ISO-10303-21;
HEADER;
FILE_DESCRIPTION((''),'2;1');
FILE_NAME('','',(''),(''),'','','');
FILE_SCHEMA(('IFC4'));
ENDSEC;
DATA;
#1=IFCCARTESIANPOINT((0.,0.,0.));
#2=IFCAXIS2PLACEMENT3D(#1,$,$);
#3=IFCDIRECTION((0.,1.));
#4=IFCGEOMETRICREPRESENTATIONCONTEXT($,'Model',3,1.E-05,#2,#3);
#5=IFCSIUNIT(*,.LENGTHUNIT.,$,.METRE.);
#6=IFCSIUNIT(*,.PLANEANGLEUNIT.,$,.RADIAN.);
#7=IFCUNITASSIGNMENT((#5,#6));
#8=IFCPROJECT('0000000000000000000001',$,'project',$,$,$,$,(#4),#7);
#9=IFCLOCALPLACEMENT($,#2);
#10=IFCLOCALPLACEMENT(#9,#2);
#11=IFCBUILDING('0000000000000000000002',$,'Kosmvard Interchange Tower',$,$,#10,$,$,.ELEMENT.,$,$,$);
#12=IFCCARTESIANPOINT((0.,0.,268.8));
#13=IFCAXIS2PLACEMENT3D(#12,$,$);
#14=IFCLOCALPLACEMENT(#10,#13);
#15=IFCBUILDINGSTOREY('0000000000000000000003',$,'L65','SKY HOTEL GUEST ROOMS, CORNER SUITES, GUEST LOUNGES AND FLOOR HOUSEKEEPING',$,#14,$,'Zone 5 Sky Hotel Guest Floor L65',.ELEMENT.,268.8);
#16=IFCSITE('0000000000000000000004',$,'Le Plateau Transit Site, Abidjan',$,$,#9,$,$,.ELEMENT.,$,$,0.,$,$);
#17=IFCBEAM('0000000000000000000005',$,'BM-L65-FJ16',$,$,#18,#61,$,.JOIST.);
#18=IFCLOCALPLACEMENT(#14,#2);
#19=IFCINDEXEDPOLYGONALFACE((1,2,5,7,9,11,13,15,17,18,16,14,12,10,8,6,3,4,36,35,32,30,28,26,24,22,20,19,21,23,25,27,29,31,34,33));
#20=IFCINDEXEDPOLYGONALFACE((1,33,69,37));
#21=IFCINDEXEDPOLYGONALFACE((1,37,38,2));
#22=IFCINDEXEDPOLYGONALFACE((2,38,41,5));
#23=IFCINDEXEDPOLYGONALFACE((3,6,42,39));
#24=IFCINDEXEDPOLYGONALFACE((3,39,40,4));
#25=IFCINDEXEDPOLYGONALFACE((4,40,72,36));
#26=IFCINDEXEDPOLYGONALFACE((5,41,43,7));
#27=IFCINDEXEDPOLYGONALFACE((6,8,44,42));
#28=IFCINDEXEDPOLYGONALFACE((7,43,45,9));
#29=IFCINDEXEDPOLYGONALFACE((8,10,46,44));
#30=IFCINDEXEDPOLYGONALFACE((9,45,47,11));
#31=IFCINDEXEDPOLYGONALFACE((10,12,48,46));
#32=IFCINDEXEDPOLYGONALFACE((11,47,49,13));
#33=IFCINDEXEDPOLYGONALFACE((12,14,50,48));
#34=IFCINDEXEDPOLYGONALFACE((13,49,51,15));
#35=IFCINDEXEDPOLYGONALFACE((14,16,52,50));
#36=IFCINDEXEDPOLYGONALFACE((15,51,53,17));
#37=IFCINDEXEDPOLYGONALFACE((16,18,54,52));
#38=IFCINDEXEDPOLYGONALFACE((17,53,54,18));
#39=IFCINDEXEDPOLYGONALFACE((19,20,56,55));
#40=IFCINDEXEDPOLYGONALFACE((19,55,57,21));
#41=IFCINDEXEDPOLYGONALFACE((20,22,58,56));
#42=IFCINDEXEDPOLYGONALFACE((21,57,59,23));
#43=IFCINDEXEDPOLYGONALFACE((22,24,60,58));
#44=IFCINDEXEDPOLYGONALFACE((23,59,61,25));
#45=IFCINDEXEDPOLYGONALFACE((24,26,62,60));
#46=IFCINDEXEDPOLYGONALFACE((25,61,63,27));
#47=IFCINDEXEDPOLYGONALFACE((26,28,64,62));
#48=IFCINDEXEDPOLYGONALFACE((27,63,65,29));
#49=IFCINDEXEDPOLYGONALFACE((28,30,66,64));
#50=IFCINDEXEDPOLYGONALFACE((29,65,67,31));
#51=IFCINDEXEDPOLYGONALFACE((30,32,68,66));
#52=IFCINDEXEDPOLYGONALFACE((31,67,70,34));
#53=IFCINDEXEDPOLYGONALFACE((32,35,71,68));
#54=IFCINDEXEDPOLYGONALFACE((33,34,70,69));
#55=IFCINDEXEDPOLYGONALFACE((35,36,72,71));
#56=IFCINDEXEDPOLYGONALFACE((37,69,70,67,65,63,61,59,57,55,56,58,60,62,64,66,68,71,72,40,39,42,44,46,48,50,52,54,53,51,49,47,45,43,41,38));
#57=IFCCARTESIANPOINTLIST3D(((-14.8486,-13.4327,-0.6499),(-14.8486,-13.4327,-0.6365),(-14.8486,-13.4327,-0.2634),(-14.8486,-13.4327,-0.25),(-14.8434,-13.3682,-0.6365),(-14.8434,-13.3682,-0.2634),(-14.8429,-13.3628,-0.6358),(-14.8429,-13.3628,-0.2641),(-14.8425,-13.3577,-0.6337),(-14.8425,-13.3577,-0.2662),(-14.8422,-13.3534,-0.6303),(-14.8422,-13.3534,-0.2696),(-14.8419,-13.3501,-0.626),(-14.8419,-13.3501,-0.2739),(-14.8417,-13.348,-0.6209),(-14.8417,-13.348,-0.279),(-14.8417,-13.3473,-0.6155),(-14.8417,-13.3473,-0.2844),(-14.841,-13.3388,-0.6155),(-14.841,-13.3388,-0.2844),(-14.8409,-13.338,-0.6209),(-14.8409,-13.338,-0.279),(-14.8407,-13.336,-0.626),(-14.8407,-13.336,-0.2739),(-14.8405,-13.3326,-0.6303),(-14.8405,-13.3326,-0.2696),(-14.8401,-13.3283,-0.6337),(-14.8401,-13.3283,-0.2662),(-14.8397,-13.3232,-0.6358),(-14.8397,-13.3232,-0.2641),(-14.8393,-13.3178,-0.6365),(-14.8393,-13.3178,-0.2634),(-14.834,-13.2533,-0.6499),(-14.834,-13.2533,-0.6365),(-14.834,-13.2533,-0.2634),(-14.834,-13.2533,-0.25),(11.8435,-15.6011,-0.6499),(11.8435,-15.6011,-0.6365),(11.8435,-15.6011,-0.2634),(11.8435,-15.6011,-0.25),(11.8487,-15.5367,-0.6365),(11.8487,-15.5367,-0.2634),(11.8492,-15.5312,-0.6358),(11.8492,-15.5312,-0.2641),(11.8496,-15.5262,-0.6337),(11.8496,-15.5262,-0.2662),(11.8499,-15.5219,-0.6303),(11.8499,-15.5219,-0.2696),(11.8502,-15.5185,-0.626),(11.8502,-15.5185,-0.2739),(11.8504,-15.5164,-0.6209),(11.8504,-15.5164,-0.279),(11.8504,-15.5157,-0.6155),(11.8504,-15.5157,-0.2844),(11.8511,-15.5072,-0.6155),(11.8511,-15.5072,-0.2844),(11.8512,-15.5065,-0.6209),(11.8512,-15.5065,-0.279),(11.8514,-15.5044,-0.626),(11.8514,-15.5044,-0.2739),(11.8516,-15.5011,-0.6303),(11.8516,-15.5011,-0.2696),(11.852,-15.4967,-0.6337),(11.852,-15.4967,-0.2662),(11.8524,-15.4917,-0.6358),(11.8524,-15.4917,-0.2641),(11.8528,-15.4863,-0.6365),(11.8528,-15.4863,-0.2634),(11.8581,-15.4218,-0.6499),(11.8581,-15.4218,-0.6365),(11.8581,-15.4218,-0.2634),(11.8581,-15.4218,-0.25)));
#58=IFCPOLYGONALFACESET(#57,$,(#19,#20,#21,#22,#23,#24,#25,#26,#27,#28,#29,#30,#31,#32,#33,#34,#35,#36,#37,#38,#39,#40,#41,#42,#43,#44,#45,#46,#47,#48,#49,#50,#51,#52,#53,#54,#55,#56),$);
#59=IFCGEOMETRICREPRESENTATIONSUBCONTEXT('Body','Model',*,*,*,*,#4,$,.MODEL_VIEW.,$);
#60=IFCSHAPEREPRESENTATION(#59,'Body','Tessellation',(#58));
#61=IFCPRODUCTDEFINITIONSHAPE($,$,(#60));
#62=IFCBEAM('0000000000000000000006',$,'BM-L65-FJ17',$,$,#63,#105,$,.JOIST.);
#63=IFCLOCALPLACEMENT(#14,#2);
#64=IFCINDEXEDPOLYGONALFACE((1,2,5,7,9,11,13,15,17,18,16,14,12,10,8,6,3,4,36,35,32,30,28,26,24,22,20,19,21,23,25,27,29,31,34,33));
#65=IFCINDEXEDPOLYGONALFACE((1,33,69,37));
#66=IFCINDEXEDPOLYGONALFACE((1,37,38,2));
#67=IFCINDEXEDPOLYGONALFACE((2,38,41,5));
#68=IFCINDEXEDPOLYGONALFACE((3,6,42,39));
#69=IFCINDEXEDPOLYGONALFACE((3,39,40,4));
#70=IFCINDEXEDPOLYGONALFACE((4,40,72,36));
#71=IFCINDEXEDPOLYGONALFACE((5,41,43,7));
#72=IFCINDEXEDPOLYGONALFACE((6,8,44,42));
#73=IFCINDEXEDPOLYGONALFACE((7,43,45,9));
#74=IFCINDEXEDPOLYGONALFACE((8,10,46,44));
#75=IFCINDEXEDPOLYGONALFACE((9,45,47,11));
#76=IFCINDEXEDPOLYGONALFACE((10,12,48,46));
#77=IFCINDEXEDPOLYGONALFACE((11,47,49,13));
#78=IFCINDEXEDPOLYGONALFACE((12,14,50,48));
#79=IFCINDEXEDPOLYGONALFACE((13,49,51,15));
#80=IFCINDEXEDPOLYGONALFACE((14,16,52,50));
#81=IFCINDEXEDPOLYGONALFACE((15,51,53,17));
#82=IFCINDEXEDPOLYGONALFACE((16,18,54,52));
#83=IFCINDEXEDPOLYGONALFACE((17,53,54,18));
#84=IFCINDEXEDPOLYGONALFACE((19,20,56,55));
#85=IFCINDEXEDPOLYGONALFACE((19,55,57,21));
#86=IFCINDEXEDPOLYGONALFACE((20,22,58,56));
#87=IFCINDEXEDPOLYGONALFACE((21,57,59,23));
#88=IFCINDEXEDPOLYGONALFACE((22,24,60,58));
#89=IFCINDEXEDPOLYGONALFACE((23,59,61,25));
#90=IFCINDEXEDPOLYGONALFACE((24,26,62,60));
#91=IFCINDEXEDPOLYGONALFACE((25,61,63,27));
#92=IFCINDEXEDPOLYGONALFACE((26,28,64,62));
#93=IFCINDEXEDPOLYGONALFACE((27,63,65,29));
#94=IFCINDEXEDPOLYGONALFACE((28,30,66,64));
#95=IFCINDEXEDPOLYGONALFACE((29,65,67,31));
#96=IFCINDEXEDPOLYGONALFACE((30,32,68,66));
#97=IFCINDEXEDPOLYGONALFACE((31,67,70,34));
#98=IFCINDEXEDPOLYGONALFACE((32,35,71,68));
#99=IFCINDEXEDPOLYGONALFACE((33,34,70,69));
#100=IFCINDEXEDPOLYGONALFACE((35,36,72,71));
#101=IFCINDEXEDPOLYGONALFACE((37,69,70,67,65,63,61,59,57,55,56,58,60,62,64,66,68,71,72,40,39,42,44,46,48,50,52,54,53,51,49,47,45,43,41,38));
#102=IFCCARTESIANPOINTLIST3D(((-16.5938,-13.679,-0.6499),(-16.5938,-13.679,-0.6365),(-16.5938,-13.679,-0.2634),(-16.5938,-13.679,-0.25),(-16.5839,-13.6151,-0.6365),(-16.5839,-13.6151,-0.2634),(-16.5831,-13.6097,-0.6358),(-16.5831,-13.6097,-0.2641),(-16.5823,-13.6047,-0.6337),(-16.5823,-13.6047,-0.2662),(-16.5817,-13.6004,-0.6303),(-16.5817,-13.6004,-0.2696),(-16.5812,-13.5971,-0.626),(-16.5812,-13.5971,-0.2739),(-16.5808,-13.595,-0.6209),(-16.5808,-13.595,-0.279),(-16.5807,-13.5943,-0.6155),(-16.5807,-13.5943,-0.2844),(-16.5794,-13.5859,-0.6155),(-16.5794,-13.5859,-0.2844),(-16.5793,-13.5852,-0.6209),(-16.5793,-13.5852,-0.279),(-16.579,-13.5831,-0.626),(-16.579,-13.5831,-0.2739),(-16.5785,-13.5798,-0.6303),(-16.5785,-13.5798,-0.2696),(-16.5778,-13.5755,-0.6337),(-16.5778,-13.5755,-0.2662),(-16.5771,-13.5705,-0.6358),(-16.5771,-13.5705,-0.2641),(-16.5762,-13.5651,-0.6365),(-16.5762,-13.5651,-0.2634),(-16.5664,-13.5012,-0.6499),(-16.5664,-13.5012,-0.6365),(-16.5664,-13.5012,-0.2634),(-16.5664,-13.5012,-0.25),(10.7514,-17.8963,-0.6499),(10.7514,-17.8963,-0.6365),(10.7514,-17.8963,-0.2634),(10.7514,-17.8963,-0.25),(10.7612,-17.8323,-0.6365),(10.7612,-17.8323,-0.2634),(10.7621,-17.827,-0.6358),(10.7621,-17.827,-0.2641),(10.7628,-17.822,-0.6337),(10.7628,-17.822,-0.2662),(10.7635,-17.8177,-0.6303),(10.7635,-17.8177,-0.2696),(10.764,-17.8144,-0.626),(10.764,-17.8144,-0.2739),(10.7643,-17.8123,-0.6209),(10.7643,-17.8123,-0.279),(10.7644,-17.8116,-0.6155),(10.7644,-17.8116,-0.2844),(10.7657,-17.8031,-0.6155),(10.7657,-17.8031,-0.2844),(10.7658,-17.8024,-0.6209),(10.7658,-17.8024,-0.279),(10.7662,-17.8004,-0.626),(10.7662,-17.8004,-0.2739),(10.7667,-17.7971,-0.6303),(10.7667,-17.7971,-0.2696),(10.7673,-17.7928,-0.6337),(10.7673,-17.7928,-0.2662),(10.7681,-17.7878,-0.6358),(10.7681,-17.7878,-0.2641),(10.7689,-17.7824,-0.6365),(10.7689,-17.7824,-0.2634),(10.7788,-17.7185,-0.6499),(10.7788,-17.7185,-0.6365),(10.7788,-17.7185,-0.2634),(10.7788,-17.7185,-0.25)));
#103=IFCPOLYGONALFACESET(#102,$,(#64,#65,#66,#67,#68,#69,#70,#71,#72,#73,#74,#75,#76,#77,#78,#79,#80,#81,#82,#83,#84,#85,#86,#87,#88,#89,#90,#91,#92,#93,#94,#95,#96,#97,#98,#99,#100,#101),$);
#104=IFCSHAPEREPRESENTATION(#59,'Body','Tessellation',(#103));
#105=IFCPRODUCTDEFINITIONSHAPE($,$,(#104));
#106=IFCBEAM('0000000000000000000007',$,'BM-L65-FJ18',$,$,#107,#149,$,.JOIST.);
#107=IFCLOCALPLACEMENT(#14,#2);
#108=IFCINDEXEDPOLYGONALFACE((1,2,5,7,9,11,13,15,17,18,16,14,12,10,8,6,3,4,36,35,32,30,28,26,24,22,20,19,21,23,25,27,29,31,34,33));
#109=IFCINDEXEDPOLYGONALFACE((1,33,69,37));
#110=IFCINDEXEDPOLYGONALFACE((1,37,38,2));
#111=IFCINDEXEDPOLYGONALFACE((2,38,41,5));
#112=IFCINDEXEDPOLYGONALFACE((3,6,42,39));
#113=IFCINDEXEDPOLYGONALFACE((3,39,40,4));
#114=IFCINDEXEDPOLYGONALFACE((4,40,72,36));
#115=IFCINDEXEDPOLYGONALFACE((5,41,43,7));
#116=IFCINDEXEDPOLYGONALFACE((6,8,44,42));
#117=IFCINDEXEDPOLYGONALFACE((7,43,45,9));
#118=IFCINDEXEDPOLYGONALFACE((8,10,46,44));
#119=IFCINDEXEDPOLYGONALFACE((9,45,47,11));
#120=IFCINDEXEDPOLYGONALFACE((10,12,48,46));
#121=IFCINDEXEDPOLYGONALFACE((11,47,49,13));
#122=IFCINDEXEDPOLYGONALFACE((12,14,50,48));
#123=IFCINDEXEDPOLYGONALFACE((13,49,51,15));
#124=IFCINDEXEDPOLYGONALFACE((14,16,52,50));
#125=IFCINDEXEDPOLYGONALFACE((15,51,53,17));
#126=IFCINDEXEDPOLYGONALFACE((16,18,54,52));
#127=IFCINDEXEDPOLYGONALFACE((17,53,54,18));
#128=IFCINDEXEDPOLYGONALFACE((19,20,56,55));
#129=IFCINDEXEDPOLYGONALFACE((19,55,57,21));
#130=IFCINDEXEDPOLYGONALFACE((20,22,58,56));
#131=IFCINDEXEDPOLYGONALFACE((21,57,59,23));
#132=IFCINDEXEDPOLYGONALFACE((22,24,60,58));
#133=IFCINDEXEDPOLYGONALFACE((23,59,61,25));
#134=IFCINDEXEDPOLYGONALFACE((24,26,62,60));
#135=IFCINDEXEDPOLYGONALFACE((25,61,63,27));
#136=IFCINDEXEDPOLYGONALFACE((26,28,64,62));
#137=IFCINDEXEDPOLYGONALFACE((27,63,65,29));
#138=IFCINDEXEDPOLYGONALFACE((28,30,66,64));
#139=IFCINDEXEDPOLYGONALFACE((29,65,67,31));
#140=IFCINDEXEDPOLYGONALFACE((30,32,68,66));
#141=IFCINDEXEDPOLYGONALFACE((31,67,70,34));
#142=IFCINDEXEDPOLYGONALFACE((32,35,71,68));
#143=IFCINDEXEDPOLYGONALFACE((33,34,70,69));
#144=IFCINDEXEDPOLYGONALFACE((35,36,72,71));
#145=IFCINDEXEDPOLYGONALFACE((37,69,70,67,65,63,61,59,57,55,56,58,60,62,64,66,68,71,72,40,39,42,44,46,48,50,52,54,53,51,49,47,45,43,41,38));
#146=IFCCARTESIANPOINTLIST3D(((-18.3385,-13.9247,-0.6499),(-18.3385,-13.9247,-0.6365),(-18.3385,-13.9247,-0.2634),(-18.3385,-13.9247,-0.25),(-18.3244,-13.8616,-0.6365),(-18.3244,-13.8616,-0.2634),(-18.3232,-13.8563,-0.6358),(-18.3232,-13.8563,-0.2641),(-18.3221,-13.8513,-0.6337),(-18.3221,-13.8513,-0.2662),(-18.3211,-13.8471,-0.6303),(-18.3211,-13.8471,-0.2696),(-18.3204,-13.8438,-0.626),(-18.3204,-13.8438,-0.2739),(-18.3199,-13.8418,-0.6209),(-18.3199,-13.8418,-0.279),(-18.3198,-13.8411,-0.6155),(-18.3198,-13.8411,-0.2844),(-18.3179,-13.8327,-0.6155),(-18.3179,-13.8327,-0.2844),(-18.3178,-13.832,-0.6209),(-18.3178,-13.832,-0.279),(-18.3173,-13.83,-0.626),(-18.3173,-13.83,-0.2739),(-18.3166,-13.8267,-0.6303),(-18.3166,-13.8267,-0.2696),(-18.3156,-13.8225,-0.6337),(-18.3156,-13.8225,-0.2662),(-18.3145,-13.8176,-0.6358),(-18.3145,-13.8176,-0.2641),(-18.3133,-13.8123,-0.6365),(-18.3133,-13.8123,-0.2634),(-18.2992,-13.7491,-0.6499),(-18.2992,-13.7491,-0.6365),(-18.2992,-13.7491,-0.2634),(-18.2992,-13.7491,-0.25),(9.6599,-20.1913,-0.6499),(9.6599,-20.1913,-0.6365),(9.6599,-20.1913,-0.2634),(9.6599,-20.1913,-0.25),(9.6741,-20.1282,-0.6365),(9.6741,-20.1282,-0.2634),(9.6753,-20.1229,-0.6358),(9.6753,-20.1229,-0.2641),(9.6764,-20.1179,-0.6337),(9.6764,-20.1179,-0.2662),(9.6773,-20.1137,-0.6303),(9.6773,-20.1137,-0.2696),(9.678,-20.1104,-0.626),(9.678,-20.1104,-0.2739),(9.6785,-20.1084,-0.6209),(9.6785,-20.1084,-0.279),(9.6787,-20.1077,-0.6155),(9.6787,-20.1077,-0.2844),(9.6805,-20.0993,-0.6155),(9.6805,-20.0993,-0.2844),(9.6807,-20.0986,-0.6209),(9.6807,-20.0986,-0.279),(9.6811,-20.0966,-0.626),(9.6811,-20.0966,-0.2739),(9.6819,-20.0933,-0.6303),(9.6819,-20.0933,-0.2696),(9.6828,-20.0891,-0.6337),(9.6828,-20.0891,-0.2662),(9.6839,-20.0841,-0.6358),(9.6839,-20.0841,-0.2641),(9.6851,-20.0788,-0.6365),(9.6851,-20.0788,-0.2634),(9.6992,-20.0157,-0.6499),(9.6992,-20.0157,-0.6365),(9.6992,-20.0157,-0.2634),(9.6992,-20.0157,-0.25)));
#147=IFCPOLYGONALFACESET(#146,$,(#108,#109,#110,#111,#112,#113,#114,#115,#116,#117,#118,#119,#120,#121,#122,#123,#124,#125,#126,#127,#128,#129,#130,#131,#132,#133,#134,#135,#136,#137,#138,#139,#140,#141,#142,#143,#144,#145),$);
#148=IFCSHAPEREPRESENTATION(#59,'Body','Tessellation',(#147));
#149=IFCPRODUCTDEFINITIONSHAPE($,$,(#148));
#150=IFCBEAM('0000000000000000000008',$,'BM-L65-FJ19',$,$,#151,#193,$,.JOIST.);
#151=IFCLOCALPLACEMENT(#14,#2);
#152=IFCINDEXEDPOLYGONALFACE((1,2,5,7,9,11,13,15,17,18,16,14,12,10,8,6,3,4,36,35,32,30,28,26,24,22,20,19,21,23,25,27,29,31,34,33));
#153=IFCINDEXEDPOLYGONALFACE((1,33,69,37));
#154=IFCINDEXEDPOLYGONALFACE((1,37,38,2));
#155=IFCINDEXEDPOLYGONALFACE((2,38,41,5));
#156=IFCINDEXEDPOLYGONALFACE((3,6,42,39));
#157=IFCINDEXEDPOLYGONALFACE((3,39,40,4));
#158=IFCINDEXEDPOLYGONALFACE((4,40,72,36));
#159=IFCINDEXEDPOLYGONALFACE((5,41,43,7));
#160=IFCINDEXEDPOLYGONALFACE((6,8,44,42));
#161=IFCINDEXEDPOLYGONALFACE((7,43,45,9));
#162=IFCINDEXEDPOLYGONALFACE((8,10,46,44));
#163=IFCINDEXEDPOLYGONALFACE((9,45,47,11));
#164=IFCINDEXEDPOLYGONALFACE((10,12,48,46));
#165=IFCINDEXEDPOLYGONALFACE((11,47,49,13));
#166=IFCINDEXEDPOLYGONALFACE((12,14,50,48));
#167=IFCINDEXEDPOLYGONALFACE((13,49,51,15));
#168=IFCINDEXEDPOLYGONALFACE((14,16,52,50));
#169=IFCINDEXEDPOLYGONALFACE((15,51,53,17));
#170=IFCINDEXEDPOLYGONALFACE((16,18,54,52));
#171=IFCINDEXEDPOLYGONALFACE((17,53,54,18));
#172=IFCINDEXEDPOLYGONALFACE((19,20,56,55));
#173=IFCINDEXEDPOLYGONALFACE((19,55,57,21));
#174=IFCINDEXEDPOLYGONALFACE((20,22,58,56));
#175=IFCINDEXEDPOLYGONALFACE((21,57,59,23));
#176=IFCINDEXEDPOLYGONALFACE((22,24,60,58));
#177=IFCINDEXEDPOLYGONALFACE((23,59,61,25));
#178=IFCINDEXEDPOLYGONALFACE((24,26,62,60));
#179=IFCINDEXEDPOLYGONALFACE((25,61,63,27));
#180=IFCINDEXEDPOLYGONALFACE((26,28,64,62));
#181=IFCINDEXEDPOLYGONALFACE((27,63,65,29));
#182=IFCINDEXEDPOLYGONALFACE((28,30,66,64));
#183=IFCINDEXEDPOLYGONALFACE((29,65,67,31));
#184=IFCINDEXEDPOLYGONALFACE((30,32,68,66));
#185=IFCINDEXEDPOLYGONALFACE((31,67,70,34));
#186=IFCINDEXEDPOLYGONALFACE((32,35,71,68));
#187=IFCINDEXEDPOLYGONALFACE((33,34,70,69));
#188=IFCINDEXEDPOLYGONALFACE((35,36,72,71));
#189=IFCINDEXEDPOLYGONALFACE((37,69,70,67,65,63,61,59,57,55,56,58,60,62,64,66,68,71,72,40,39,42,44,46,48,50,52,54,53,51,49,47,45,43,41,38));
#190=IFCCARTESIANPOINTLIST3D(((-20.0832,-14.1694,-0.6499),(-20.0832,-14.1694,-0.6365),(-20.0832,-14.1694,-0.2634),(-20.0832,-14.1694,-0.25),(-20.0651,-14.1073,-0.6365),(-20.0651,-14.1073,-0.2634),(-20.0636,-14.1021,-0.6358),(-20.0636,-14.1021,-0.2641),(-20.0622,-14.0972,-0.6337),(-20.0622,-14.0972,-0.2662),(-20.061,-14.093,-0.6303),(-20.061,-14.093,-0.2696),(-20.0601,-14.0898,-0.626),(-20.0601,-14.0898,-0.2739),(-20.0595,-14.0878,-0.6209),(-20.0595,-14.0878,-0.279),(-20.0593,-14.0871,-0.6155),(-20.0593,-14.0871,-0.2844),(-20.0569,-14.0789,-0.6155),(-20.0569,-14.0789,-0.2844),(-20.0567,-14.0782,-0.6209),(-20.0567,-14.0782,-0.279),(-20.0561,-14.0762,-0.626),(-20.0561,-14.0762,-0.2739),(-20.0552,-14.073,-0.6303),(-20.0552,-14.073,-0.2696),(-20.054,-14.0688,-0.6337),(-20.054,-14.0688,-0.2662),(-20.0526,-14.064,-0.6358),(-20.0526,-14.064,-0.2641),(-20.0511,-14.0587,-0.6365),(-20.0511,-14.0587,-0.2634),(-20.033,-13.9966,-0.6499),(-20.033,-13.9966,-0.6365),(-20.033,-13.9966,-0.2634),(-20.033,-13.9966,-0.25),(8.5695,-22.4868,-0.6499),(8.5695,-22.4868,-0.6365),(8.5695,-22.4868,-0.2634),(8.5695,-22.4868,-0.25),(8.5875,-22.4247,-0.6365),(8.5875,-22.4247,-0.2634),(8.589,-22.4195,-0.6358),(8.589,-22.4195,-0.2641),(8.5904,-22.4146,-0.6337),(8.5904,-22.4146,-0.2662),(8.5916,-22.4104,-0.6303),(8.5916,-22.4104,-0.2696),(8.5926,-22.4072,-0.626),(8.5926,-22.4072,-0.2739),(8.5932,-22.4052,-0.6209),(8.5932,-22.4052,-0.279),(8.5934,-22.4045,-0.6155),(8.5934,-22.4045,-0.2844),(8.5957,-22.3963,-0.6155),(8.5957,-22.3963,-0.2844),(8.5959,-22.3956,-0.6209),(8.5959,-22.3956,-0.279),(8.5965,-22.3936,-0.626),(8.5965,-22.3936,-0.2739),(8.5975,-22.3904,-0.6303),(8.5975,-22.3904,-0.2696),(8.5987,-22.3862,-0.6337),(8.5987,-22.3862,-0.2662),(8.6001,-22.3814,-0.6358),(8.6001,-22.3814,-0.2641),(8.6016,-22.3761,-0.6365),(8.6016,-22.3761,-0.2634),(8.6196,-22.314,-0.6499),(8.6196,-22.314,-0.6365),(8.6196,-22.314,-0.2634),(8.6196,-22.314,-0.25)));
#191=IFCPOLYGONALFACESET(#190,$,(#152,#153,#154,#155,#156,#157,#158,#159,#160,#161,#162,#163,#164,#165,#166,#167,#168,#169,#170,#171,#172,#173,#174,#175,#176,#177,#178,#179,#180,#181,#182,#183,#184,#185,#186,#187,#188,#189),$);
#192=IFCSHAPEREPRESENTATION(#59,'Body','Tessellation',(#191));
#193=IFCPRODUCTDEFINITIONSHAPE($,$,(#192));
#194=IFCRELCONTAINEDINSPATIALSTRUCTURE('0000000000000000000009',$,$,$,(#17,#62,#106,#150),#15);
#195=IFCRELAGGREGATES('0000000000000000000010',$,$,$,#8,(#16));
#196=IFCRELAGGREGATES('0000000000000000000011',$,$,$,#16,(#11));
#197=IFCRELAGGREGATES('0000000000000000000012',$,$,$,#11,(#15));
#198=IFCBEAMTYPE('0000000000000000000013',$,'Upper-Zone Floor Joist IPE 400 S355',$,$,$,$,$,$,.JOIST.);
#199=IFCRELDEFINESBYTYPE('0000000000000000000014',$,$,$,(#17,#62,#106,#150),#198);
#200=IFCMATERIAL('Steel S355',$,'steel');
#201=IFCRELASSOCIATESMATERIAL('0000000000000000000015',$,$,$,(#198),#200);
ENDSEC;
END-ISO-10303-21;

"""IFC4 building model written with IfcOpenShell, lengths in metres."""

from ifc_helpers import new_model, si_unit, direction, frame, origin, origin_2d, place, context, subcontext, project, spatial, i_section, extrude, source, transform, mapped, material, material_profile, profile_set, type_object, element, save


model = new_model("IFC4")

# Units and contexts
model_context = context("Model", 3, precision=1e-05, world=origin(), true_north=direction((0.0, 1.0)))
body_context = subcontext(model_context, "Body", "Model", "MODEL_VIEW")
ifc_project = project(units=[si_unit("LENGTHUNIT", "METRE"), si_unit("PLANEANGLEUNIT", "RADIAN")], contexts=[model_context])

# Site, building, storey
site_placement = place(None, origin())
site = spatial("IfcSite", under=ifc_project, at=site_placement, Name="Le Plateau Transit Site, Abidjan", CompositionType="ELEMENT", RefElevation=0.0)
building_placement = place(site_placement, origin())
building = spatial("IfcBuilding", under=site, at=building_placement, Name="Kosmvard Interchange Tower", CompositionType="ELEMENT")
storey_placement = place(building_placement, frame((0.0, 0.0, 268.8)))
storey = spatial("IfcBuildingStorey", under=building, at=storey_placement, Name="L65", Description="SKY HOTEL GUEST ROOMS, CORNER SUITES, GUEST LOUNGES AND FLOOR HOUSEKEEPING", LongName="Zone 5 Sky Hotel Guest Floor L65", CompositionType="ELEMENT", Elevation=268.8)

# Beams
ifc_material_1 = material(Name="Steel S355", Category="steel")
ifc_material_profile_1 = material_profile(ifc_material_1, i_section(OverallWidth=0.1799, OverallDepth=0.3999, WebThickness=0.0085, FlangeThickness=0.0134, FilletRadius=0.021, at=origin_2d()), Name="IPE 400")
ifc_profile_set_1 = profile_set([ifc_material_profile_1], Name="Steel S355")
beam_type_1 = type_object("IfcBeamType", Name="Upper-Zone Floor Joist IPE 400 S355", PredefinedType="JOIST", material=ifc_profile_set_1)
shared_shape_1 = source(origin(), body_context, "Body", "SweptSolid", [
    extrude(i_section(OverallWidth=0.1799, OverallDepth=0.3999, WebThickness=0.0085, FlangeThickness=0.0134, FilletRadius=0.021, at=origin_2d()), origin(), (0.0, 0.0, 1.0), 26.78),
])
beam_1_placement = place(storey_placement, frame((-14.8413, -13.343, -0.45), z_axis=(0.996716, -0.080973, 0.0), x_axis=(0.080973, 0.996716, 0.0)))
element("IfcBeam", 1, at=beam_1_placement, inside=storey, type_object=beam_type_1, Name="BM-L65-FJ16", PredefinedType="JOIST", context=body_context, shape_type="MappedRepresentation", body=[
    mapped(shared_shape_1, transform((0.0, 0.0, 0.0), scale=1.0)),
])
shared_shape_2 = source(origin(), body_context, "Body", "SweptSolid", [
    extrude(i_section(OverallWidth=0.1799, OverallDepth=0.3999, WebThickness=0.0085, FlangeThickness=0.0134, FilletRadius=0.021, at=origin_2d()), origin(), (0.0, 0.0, 1.0), 27.6685),
])
beam_2_placement = place(storey_placement, frame((-16.5801, -13.5901, -0.45), z_axis=(0.988316, -0.152422, 0.0), x_axis=(0.152422, 0.988316, 0.0)))
element("IfcBeam", 2, at=beam_2_placement, inside=storey, type_object=beam_type_1, Name="BM-L65-FJ17", PredefinedType="JOIST", context=body_context, shape_type="MappedRepresentation", body=[
    mapped(shared_shape_2, transform((0.0, 0.0, 0.0), scale=1.0)),
])
shared_shape_3 = source(origin(), body_context, "Body", "SweptSolid", [
    extrude(i_section(OverallWidth=0.1799, OverallDepth=0.3999, WebThickness=0.0085, FlangeThickness=0.0134, FilletRadius=0.021, at=origin_2d()), origin(), (0.0, 0.0, 1.0), 28.6912),
])
beam_3_placement = place(storey_placement, frame((-18.3188, -13.8369, -0.45), z_axis=(0.975856, -0.218415, 0.0), x_axis=(0.218415, 0.975856, 0.0)))
element("IfcBeam", 3, at=beam_3_placement, inside=storey, type_object=beam_type_1, Name="BM-L65-FJ18", PredefinedType="JOIST", context=body_context, shape_type="MappedRepresentation", body=[
    mapped(shared_shape_3, transform((0.0, 0.0, 0.0), scale=1.0)),
])
shared_shape_4 = source(origin(), body_context, "Body", "SweptSolid", [
    extrude(i_section(OverallWidth=0.1799, OverallDepth=0.3999, WebThickness=0.0085, FlangeThickness=0.0134, FilletRadius=0.021, at=origin_2d()), origin(), (0.0, 0.0, 1.0), 29.8354),
])
beam_4_placement = place(storey_placement, frame((-20.0581, -14.083, -0.45), z_axis=(0.960356, -0.278776, 0.0), x_axis=(0.278776, 0.960356, 0.0)))
element("IfcBeam", 4, at=beam_4_placement, inside=storey, type_object=beam_type_1, Name="BM-L65-FJ19", PredefinedType="JOIST", context=body_context, shape_type="MappedRepresentation", body=[
    mapped(shared_shape_4, transform((0.0, 0.0, 0.0), scale=1.0)),
])

save(model, "model.ifc")
